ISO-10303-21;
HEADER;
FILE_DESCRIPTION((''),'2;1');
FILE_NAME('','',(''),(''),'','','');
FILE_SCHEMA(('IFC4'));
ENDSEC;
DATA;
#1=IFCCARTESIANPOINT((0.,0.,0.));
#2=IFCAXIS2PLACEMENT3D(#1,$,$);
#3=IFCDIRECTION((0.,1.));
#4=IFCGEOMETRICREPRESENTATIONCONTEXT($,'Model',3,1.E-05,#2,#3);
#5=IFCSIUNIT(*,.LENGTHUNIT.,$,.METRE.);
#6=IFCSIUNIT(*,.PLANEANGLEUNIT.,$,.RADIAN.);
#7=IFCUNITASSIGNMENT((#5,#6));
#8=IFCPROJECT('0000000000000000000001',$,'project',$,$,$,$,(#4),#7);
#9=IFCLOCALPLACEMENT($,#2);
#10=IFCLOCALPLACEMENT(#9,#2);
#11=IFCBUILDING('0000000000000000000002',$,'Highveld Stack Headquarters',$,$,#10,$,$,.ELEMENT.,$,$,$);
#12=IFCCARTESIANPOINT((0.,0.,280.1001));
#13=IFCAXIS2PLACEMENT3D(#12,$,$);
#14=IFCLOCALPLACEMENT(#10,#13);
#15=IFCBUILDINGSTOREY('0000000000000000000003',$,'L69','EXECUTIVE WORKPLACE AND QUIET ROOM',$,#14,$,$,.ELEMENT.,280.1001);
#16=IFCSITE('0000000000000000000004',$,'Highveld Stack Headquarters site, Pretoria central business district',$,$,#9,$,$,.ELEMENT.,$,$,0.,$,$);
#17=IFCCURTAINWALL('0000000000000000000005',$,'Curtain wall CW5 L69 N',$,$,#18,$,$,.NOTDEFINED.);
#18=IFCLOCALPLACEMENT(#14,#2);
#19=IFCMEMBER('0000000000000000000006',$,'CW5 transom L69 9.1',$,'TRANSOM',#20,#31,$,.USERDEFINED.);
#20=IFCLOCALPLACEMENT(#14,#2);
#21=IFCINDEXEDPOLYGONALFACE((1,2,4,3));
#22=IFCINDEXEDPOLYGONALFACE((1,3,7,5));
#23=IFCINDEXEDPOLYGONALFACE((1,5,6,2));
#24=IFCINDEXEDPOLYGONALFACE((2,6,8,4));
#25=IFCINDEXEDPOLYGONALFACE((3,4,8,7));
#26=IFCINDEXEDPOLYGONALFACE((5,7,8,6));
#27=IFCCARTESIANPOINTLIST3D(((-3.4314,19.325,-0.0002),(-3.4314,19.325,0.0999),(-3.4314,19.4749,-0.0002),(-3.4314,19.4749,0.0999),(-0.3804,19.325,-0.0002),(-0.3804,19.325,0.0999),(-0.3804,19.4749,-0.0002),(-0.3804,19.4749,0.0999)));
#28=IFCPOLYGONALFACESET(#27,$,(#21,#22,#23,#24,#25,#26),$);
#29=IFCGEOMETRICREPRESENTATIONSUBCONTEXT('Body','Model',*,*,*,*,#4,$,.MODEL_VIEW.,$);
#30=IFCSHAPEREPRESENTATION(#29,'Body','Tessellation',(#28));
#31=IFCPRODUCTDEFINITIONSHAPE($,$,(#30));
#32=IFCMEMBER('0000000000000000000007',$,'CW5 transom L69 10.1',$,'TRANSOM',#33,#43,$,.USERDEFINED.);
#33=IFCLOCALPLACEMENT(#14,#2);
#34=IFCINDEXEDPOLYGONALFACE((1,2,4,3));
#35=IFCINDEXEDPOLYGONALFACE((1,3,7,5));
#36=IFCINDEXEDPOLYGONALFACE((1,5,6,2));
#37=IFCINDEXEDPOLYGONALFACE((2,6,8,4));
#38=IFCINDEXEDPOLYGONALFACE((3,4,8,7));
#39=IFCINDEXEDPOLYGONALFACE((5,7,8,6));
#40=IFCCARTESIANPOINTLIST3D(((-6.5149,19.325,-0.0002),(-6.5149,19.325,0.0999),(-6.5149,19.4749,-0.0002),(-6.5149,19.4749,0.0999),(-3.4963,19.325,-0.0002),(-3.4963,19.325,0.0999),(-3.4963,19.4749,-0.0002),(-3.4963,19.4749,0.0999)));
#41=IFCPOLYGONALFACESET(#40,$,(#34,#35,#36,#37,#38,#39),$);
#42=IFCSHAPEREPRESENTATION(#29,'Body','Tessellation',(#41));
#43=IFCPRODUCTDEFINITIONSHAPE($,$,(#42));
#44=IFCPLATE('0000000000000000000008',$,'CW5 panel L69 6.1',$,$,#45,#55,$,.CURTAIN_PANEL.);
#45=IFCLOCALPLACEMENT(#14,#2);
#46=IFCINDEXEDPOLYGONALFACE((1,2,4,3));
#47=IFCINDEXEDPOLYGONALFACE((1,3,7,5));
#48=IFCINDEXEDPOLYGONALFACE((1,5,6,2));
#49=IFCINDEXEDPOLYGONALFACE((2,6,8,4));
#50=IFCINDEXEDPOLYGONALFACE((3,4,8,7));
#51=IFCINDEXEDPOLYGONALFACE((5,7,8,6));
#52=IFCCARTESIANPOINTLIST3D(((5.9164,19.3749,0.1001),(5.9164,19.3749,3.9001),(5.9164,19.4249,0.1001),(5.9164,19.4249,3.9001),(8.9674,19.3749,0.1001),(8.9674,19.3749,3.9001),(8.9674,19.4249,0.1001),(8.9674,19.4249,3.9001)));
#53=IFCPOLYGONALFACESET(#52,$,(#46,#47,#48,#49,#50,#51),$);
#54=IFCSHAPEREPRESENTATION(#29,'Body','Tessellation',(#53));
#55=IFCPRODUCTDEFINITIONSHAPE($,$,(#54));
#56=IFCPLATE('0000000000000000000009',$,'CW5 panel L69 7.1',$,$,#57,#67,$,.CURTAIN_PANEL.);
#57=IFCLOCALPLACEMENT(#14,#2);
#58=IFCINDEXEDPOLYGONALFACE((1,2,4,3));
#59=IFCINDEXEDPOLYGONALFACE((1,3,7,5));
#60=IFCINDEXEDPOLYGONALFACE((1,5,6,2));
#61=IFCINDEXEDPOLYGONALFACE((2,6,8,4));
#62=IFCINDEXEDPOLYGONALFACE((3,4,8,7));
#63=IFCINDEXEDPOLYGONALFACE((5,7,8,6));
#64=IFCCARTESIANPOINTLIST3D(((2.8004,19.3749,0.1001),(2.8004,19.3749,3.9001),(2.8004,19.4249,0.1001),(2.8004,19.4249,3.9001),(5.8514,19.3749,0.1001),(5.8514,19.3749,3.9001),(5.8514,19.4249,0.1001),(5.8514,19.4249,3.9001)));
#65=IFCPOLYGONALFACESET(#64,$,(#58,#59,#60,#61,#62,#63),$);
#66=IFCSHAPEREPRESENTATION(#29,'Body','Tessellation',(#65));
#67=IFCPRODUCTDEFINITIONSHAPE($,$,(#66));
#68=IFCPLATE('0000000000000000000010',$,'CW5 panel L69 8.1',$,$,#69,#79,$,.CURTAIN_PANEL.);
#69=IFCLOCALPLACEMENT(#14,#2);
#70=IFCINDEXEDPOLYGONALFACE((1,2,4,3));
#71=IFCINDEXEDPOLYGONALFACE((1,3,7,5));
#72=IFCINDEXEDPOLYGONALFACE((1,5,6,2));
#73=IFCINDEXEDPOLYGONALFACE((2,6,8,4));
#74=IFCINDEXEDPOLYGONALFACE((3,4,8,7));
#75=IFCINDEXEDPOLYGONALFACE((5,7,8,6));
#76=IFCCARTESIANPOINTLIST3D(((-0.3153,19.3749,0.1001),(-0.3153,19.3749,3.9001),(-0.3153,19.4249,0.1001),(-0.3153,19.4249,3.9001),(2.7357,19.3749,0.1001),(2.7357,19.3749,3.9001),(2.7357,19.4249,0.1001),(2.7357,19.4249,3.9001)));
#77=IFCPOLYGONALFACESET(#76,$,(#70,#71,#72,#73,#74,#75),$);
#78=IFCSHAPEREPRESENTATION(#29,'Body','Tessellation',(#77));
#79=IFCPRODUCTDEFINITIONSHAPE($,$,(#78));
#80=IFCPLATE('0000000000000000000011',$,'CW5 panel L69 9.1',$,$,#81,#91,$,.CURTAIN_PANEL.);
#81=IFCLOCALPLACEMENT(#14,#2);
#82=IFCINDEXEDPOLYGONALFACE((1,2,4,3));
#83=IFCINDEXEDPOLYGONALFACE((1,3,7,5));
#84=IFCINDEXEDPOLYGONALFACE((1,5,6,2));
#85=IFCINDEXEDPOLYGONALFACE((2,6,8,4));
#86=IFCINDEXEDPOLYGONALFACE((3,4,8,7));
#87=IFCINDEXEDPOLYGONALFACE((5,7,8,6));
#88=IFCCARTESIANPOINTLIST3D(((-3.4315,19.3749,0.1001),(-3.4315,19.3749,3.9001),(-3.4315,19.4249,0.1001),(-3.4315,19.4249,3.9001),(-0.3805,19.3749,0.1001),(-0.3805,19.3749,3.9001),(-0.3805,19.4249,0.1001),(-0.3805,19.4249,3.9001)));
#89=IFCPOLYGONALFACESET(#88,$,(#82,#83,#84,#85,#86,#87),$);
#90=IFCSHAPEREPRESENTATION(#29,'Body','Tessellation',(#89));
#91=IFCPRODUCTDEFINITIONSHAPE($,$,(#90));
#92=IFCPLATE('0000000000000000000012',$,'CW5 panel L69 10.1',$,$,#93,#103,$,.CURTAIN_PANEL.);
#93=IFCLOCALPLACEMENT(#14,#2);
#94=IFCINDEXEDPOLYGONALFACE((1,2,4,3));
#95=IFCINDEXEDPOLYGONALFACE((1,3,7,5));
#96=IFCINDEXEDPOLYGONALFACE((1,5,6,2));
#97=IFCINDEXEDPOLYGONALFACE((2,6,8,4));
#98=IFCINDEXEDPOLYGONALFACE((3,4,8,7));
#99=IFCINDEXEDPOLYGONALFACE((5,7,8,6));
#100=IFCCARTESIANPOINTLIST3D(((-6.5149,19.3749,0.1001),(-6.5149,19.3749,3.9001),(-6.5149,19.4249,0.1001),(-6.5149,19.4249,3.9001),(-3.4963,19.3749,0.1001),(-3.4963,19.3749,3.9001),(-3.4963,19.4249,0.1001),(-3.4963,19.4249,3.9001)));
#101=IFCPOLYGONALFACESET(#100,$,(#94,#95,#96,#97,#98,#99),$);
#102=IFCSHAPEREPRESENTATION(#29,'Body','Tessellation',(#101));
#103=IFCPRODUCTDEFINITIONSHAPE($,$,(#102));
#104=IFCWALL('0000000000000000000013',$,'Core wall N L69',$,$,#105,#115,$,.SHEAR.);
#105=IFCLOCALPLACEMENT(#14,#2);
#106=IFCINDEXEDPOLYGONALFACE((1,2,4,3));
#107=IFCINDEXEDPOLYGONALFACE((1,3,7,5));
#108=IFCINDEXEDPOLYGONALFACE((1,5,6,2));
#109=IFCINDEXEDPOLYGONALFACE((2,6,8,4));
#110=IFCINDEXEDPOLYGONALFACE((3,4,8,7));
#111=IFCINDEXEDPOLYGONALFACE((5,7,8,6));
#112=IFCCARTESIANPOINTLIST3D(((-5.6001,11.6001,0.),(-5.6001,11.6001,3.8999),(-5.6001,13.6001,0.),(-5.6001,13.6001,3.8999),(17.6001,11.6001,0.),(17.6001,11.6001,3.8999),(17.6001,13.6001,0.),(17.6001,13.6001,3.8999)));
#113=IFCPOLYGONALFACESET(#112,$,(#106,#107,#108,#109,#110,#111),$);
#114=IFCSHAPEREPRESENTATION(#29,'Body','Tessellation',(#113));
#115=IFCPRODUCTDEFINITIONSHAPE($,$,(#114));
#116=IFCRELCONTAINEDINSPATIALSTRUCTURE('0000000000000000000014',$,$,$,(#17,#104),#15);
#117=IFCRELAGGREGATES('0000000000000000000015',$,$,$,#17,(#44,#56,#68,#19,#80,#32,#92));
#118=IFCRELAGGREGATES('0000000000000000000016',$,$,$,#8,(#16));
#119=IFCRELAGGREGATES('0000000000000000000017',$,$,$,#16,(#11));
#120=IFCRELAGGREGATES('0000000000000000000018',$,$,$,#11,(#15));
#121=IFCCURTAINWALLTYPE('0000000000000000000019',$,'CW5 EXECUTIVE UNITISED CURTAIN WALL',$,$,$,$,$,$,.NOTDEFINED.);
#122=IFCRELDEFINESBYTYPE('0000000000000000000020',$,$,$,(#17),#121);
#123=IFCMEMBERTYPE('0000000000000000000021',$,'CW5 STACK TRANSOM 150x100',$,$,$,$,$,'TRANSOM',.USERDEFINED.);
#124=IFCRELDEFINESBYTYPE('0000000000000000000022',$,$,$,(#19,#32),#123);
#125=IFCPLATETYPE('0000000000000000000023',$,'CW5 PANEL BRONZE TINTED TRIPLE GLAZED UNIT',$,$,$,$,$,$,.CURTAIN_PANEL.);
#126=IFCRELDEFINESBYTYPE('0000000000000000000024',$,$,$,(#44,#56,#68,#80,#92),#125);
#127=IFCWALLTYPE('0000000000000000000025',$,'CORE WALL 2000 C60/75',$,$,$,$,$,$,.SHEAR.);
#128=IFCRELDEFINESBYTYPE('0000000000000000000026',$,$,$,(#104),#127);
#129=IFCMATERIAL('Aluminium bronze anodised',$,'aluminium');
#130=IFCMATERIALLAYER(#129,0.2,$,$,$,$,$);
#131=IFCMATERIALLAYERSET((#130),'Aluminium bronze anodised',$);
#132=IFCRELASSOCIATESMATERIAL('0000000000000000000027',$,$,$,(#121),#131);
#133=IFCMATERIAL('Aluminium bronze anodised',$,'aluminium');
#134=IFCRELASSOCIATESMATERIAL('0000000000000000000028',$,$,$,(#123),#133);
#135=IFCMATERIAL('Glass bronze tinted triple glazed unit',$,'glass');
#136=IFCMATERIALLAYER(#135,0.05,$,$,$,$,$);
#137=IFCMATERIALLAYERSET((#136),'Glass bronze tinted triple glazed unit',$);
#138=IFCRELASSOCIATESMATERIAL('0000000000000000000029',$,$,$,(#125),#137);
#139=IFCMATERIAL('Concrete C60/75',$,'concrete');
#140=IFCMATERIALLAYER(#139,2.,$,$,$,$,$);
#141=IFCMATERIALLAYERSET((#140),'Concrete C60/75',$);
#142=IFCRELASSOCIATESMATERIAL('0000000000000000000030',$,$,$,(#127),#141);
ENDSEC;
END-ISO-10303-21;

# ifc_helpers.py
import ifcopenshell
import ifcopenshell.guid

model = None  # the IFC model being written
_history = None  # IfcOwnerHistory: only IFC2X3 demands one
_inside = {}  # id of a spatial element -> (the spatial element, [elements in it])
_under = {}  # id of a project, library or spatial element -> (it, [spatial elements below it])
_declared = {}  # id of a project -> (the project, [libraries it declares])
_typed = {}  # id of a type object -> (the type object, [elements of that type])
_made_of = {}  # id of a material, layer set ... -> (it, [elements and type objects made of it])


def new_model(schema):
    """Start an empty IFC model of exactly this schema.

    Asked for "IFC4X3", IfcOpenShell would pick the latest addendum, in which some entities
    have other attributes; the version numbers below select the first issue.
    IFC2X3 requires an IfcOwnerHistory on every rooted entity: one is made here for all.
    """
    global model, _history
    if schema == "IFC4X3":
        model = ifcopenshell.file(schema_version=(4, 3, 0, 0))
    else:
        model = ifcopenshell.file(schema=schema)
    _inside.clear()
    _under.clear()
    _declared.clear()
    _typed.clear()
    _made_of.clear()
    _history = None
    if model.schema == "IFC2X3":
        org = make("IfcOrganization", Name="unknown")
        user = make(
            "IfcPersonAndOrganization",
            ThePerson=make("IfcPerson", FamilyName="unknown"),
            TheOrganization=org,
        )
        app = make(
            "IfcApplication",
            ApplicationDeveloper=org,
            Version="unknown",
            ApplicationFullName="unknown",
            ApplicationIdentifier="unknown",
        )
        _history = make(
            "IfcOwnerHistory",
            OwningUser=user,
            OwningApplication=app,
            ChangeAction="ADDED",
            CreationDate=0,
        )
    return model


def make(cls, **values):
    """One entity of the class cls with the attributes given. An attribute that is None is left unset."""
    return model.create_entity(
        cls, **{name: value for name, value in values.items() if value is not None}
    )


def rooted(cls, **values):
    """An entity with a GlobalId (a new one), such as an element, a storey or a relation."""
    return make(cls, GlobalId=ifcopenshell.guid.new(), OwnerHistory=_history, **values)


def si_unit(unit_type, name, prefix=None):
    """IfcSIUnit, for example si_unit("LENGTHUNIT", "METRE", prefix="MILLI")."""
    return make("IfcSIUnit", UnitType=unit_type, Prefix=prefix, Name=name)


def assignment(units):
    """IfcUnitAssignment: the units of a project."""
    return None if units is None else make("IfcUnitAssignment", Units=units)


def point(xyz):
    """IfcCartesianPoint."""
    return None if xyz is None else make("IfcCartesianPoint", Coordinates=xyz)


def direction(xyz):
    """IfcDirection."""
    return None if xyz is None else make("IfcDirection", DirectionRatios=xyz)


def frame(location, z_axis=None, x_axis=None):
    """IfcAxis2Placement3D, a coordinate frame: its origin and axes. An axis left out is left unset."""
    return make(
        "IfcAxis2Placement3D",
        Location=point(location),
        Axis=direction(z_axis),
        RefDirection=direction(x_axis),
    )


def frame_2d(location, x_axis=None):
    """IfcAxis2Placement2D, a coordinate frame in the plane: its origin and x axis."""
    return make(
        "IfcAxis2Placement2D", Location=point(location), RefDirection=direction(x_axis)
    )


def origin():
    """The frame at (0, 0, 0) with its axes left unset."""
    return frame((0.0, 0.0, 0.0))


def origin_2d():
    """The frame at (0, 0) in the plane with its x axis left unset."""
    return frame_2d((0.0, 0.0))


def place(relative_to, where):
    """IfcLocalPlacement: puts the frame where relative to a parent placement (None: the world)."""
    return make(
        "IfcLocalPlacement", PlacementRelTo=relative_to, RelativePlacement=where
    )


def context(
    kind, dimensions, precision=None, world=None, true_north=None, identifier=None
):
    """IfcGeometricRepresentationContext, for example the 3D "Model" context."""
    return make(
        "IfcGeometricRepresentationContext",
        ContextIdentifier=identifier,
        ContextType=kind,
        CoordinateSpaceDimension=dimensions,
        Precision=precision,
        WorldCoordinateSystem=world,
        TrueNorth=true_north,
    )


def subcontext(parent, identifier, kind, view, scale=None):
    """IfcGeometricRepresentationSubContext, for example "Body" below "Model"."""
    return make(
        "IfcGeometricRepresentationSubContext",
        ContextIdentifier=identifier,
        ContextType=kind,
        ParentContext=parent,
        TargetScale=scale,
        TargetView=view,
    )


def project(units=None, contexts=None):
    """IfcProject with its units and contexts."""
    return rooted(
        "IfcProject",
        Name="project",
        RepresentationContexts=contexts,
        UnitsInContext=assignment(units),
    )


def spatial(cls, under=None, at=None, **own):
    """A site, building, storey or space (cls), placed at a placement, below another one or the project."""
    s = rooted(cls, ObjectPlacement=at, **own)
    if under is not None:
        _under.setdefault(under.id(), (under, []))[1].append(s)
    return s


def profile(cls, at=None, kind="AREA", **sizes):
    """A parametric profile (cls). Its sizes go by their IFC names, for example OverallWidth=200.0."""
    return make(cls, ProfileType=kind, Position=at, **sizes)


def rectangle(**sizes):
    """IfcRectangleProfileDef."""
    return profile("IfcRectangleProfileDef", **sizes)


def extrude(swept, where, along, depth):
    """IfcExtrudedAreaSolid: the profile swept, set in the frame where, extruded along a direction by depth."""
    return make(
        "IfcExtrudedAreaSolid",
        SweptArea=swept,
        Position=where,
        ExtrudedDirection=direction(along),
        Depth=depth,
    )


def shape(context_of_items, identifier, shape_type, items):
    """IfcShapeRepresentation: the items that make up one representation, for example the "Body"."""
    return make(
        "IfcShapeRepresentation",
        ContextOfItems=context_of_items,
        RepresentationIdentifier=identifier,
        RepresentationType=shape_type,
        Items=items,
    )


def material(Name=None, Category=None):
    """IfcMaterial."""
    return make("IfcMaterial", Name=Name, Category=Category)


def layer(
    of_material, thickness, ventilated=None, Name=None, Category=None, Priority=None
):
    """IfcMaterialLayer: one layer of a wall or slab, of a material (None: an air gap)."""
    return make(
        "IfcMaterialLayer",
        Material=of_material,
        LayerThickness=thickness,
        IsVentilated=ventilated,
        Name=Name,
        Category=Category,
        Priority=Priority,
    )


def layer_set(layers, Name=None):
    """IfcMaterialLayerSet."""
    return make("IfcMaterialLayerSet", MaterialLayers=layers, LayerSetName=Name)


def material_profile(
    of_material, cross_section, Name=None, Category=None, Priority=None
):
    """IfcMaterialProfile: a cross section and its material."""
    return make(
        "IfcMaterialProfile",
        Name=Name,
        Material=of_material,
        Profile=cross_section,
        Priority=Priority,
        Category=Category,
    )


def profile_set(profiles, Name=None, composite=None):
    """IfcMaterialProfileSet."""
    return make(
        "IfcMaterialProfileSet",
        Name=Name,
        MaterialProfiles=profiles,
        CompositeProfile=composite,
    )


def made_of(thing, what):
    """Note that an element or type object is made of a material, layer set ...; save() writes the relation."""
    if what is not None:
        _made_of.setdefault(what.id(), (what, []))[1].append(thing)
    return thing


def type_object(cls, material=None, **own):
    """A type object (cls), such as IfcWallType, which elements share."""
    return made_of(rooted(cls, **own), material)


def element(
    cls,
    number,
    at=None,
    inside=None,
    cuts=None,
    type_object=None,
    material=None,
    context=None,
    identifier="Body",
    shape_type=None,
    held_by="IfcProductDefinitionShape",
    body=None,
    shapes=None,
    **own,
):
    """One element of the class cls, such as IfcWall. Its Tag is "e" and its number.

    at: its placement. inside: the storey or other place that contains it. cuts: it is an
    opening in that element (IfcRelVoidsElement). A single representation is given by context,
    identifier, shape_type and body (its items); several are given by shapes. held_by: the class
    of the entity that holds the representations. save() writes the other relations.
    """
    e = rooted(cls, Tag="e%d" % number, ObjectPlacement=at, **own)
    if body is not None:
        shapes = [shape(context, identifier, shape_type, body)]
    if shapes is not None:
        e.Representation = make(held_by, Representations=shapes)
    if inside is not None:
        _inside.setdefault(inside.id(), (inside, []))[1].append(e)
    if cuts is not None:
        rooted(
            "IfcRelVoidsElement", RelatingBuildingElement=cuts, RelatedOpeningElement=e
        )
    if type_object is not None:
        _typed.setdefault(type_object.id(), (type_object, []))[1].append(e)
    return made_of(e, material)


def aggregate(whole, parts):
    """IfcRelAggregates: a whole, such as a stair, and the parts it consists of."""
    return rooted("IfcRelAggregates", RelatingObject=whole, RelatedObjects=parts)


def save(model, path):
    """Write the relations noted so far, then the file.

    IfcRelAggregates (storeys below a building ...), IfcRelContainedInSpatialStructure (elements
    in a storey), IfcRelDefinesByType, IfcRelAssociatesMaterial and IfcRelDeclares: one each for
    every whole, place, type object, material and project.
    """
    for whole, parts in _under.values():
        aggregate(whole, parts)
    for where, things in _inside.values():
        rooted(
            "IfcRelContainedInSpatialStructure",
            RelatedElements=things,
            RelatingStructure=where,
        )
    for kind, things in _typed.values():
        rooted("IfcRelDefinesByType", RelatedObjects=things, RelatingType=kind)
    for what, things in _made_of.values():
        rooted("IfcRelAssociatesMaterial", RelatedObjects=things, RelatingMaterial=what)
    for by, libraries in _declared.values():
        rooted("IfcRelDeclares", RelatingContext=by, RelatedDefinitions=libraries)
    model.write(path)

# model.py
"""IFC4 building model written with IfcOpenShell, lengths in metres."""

from ifc_helpers import new_model, si_unit, direction, frame, frame_2d, origin, origin_2d, place, context, subcontext, project, spatial, rectangle, extrude, material, layer, layer_set, material_profile, profile_set, type_object, element, aggregate, save


model = new_model("IFC4")

# Units and contexts
model_context = context("Model", 3, precision=1e-05, world=origin(), true_north=direction((0.0, 1.0)))
body_context = subcontext(model_context, "Body", "Model", "MODEL_VIEW")
ifc_project = project(units=[si_unit("LENGTHUNIT", "METRE"), si_unit("PLANEANGLEUNIT", "RADIAN")], contexts=[model_context])

# Site, building, storey
site_placement = place(None, origin())
site = spatial("IfcSite", under=ifc_project, at=site_placement, Name="Highveld Stack Headquarters site, Pretoria central business district", CompositionType="ELEMENT", RefElevation=0.0)
building_placement = place(site_placement, origin())
building = spatial("IfcBuilding", under=site, at=building_placement, Name="Highveld Stack Headquarters", CompositionType="ELEMENT")
storey_placement = place(building_placement, frame((0.0, 0.0, 280.1001)))
storey = spatial("IfcBuildingStorey", under=building, at=storey_placement, Name="L69", Description="EXECUTIVE WORKPLACE AND QUIET ROOM", CompositionType="ELEMENT", Elevation=280.1001)

# Curtain wall, members, plates
ifc_material_1 = material(Name="Aluminium bronze anodised", Category="aluminium")
ifc_layer_1 = layer(ifc_material_1, 0.2)
ifc_layer_set_1 = layer_set([ifc_layer_1], Name="Aluminium bronze anodised")
curtain_wall_type = type_object("IfcCurtainWallType", Name="CW5 EXECUTIVE UNITISED CURTAIN WALL", PredefinedType="NOTDEFINED", material=ifc_layer_set_1)
curtain_wall_placement = place(storey_placement, origin())
curtain_wall = element("IfcCurtainWall", 1, at=curtain_wall_placement, inside=storey, type_object=curtain_wall_type, Name="Curtain wall CW5 L69 N", PredefinedType="NOTDEFINED")
ifc_material_2 = material(Name="Aluminium bronze anodised", Category="aluminium")
ifc_material_profile_1 = material_profile(ifc_material_2, rectangle(XDim=0.1499, YDim=0.1001, at=origin_2d()), Name="CW5 TRANSOM 150x100")
ifc_profile_set_1 = profile_set([ifc_material_profile_1], Name="Aluminium bronze anodised")
member_type_1 = type_object("IfcMemberType", Name="CW5 STACK TRANSOM 150x100", ElementType="TRANSOM", PredefinedType="USERDEFINED", material=ifc_profile_set_1)
member_1_placement = place(storey_placement, frame((-0.3804, 19.3999, 0.0498), z_axis=(-1.0, 0.0, 0.0), x_axis=(0.0, -1.0, 0.0)))
member_1 = element("IfcMember", 2, at=member_1_placement, type_object=member_type_1, Name="CW5 transom L69 9.1", ObjectType="TRANSOM", PredefinedType="USERDEFINED", context=body_context, shape_type="SweptSolid", body=[
    extrude(rectangle(XDim=0.1499, YDim=0.1001, at=origin_2d()), origin(), (0.0, 0.0, 1.0), 3.051),
])
member_2_placement = place(storey_placement, frame((-3.4963, 19.3999, 0.0498), z_axis=(-1.0, 0.0, 0.0), x_axis=(0.0, -1.0, 0.0)))
member_2 = element("IfcMember", 3, at=member_2_placement, type_object=member_type_1, Name="CW5 transom L69 10.1", ObjectType="TRANSOM", PredefinedType="USERDEFINED", context=body_context, shape_type="SweptSolid", body=[
    extrude(rectangle(XDim=0.1499, YDim=0.1001, at=origin_2d()), origin(), (0.0, 0.0, 1.0), 3.0186),
])
ifc_material_3 = material(Name="Glass bronze tinted triple glazed unit", Category="glass")
ifc_layer_2 = layer(ifc_material_3, 0.05)
ifc_layer_set_2 = layer_set([ifc_layer_2], Name="Glass bronze tinted triple glazed unit")
plate_type = type_object("IfcPlateType", Name="CW5 PANEL BRONZE TINTED TRIPLE GLAZED UNIT", PredefinedType="CURTAIN_PANEL", material=ifc_layer_set_2)
plate_1_placement = place(storey_placement, frame((7.4419, 19.3999, 0.1001), z_axis=(0.0, 0.0, 1.0), x_axis=(-1.0, 0.0, 0.0)))
plate_1 = element("IfcPlate", 4, at=plate_1_placement, type_object=plate_type, Name="CW5 panel L69 6.1", PredefinedType="CURTAIN_PANEL", context=body_context, shape_type="SweptSolid", body=[
    extrude(rectangle(XDim=3.051, YDim=0.05, at=origin_2d()), origin(), (0.0, 0.0, 1.0), 3.8),
])
plate_2_placement = place(storey_placement, frame((4.3259, 19.3999, 0.1001), z_axis=(0.0, 0.0, 1.0), x_axis=(-1.0, 0.0, 0.0)))
plate_2 = element("IfcPlate", 5, at=plate_2_placement, type_object=plate_type, Name="CW5 panel L69 7.1", PredefinedType="CURTAIN_PANEL", context=body_context, shape_type="SweptSolid", body=[
    extrude(rectangle(XDim=3.051, YDim=0.05, at=origin_2d()), origin(), (0.0, 0.0, 1.0), 3.8),
])
plate_3_placement = place(storey_placement, frame((1.2102, 19.3999, 0.1001), z_axis=(0.0, 0.0, 1.0), x_axis=(-1.0, 0.0, 0.0)))
plate_3 = element("IfcPlate", 6, at=plate_3_placement, type_object=plate_type, Name="CW5 panel L69 8.1", PredefinedType="CURTAIN_PANEL", context=body_context, shape_type="SweptSolid", body=[
    extrude(rectangle(XDim=3.051, YDim=0.05, at=origin_2d()), origin(), (0.0, 0.0, 1.0), 3.8),
])
plate_4_placement = place(storey_placement, frame((-1.906, 19.3999, 0.1001), z_axis=(0.0, 0.0, 1.0), x_axis=(-1.0, 0.0, 0.0)))
plate_4 = element("IfcPlate", 7, at=plate_4_placement, type_object=plate_type, Name="CW5 panel L69 9.1", PredefinedType="CURTAIN_PANEL", context=body_context, shape_type="SweptSolid", body=[
    extrude(rectangle(XDim=3.051, YDim=0.05, at=origin_2d()), origin(), (0.0, 0.0, 1.0), 3.8),
])
plate_5_placement = place(storey_placement, frame((-5.0056, 19.3999, 0.1001), z_axis=(0.0, 0.0, 1.0), x_axis=(-1.0, 0.0, 0.0)))
plate_5 = element("IfcPlate", 8, at=plate_5_placement, type_object=plate_type, Name="CW5 panel L69 10.1", PredefinedType="CURTAIN_PANEL", context=body_context, shape_type="SweptSolid", body=[
    extrude(rectangle(XDim=3.0186, YDim=0.05, at=origin_2d()), origin(), (0.0, 0.0, 1.0), 3.8),
])
aggregate(curtain_wall, [plate_1, plate_2, plate_3, member_1, plate_4, member_2, plate_5])

# Wall
ifc_material_4 = material(Name="Concrete C60/75", Category="concrete")
ifc_layer_3 = layer(ifc_material_4, 2.0)
ifc_layer_set_3 = layer_set([ifc_layer_3], Name="Concrete C60/75")
wall_type = type_object("IfcWallType", Name="CORE WALL 2000 C60/75", PredefinedType="SHEAR", material=ifc_layer_set_3)
wall_placement = place(storey_placement, frame((-5.6001, 12.6001, 0.0), z_axis=(0.0, 0.0, 1.0), x_axis=(1.0, 0.0, 0.0)))
element("IfcWall", 9, at=wall_placement, inside=storey, type_object=wall_type, Name="Core wall N L69", PredefinedType="SHEAR", context=body_context, shape_type="SweptSolid", body=[
    extrude(rectangle(XDim=23.2002, YDim=2.0, at=frame_2d((11.6001, 0.0))), origin(), (0.0, 0.0, 1.0), 3.8999),
])

save(model, "model.ifc")
